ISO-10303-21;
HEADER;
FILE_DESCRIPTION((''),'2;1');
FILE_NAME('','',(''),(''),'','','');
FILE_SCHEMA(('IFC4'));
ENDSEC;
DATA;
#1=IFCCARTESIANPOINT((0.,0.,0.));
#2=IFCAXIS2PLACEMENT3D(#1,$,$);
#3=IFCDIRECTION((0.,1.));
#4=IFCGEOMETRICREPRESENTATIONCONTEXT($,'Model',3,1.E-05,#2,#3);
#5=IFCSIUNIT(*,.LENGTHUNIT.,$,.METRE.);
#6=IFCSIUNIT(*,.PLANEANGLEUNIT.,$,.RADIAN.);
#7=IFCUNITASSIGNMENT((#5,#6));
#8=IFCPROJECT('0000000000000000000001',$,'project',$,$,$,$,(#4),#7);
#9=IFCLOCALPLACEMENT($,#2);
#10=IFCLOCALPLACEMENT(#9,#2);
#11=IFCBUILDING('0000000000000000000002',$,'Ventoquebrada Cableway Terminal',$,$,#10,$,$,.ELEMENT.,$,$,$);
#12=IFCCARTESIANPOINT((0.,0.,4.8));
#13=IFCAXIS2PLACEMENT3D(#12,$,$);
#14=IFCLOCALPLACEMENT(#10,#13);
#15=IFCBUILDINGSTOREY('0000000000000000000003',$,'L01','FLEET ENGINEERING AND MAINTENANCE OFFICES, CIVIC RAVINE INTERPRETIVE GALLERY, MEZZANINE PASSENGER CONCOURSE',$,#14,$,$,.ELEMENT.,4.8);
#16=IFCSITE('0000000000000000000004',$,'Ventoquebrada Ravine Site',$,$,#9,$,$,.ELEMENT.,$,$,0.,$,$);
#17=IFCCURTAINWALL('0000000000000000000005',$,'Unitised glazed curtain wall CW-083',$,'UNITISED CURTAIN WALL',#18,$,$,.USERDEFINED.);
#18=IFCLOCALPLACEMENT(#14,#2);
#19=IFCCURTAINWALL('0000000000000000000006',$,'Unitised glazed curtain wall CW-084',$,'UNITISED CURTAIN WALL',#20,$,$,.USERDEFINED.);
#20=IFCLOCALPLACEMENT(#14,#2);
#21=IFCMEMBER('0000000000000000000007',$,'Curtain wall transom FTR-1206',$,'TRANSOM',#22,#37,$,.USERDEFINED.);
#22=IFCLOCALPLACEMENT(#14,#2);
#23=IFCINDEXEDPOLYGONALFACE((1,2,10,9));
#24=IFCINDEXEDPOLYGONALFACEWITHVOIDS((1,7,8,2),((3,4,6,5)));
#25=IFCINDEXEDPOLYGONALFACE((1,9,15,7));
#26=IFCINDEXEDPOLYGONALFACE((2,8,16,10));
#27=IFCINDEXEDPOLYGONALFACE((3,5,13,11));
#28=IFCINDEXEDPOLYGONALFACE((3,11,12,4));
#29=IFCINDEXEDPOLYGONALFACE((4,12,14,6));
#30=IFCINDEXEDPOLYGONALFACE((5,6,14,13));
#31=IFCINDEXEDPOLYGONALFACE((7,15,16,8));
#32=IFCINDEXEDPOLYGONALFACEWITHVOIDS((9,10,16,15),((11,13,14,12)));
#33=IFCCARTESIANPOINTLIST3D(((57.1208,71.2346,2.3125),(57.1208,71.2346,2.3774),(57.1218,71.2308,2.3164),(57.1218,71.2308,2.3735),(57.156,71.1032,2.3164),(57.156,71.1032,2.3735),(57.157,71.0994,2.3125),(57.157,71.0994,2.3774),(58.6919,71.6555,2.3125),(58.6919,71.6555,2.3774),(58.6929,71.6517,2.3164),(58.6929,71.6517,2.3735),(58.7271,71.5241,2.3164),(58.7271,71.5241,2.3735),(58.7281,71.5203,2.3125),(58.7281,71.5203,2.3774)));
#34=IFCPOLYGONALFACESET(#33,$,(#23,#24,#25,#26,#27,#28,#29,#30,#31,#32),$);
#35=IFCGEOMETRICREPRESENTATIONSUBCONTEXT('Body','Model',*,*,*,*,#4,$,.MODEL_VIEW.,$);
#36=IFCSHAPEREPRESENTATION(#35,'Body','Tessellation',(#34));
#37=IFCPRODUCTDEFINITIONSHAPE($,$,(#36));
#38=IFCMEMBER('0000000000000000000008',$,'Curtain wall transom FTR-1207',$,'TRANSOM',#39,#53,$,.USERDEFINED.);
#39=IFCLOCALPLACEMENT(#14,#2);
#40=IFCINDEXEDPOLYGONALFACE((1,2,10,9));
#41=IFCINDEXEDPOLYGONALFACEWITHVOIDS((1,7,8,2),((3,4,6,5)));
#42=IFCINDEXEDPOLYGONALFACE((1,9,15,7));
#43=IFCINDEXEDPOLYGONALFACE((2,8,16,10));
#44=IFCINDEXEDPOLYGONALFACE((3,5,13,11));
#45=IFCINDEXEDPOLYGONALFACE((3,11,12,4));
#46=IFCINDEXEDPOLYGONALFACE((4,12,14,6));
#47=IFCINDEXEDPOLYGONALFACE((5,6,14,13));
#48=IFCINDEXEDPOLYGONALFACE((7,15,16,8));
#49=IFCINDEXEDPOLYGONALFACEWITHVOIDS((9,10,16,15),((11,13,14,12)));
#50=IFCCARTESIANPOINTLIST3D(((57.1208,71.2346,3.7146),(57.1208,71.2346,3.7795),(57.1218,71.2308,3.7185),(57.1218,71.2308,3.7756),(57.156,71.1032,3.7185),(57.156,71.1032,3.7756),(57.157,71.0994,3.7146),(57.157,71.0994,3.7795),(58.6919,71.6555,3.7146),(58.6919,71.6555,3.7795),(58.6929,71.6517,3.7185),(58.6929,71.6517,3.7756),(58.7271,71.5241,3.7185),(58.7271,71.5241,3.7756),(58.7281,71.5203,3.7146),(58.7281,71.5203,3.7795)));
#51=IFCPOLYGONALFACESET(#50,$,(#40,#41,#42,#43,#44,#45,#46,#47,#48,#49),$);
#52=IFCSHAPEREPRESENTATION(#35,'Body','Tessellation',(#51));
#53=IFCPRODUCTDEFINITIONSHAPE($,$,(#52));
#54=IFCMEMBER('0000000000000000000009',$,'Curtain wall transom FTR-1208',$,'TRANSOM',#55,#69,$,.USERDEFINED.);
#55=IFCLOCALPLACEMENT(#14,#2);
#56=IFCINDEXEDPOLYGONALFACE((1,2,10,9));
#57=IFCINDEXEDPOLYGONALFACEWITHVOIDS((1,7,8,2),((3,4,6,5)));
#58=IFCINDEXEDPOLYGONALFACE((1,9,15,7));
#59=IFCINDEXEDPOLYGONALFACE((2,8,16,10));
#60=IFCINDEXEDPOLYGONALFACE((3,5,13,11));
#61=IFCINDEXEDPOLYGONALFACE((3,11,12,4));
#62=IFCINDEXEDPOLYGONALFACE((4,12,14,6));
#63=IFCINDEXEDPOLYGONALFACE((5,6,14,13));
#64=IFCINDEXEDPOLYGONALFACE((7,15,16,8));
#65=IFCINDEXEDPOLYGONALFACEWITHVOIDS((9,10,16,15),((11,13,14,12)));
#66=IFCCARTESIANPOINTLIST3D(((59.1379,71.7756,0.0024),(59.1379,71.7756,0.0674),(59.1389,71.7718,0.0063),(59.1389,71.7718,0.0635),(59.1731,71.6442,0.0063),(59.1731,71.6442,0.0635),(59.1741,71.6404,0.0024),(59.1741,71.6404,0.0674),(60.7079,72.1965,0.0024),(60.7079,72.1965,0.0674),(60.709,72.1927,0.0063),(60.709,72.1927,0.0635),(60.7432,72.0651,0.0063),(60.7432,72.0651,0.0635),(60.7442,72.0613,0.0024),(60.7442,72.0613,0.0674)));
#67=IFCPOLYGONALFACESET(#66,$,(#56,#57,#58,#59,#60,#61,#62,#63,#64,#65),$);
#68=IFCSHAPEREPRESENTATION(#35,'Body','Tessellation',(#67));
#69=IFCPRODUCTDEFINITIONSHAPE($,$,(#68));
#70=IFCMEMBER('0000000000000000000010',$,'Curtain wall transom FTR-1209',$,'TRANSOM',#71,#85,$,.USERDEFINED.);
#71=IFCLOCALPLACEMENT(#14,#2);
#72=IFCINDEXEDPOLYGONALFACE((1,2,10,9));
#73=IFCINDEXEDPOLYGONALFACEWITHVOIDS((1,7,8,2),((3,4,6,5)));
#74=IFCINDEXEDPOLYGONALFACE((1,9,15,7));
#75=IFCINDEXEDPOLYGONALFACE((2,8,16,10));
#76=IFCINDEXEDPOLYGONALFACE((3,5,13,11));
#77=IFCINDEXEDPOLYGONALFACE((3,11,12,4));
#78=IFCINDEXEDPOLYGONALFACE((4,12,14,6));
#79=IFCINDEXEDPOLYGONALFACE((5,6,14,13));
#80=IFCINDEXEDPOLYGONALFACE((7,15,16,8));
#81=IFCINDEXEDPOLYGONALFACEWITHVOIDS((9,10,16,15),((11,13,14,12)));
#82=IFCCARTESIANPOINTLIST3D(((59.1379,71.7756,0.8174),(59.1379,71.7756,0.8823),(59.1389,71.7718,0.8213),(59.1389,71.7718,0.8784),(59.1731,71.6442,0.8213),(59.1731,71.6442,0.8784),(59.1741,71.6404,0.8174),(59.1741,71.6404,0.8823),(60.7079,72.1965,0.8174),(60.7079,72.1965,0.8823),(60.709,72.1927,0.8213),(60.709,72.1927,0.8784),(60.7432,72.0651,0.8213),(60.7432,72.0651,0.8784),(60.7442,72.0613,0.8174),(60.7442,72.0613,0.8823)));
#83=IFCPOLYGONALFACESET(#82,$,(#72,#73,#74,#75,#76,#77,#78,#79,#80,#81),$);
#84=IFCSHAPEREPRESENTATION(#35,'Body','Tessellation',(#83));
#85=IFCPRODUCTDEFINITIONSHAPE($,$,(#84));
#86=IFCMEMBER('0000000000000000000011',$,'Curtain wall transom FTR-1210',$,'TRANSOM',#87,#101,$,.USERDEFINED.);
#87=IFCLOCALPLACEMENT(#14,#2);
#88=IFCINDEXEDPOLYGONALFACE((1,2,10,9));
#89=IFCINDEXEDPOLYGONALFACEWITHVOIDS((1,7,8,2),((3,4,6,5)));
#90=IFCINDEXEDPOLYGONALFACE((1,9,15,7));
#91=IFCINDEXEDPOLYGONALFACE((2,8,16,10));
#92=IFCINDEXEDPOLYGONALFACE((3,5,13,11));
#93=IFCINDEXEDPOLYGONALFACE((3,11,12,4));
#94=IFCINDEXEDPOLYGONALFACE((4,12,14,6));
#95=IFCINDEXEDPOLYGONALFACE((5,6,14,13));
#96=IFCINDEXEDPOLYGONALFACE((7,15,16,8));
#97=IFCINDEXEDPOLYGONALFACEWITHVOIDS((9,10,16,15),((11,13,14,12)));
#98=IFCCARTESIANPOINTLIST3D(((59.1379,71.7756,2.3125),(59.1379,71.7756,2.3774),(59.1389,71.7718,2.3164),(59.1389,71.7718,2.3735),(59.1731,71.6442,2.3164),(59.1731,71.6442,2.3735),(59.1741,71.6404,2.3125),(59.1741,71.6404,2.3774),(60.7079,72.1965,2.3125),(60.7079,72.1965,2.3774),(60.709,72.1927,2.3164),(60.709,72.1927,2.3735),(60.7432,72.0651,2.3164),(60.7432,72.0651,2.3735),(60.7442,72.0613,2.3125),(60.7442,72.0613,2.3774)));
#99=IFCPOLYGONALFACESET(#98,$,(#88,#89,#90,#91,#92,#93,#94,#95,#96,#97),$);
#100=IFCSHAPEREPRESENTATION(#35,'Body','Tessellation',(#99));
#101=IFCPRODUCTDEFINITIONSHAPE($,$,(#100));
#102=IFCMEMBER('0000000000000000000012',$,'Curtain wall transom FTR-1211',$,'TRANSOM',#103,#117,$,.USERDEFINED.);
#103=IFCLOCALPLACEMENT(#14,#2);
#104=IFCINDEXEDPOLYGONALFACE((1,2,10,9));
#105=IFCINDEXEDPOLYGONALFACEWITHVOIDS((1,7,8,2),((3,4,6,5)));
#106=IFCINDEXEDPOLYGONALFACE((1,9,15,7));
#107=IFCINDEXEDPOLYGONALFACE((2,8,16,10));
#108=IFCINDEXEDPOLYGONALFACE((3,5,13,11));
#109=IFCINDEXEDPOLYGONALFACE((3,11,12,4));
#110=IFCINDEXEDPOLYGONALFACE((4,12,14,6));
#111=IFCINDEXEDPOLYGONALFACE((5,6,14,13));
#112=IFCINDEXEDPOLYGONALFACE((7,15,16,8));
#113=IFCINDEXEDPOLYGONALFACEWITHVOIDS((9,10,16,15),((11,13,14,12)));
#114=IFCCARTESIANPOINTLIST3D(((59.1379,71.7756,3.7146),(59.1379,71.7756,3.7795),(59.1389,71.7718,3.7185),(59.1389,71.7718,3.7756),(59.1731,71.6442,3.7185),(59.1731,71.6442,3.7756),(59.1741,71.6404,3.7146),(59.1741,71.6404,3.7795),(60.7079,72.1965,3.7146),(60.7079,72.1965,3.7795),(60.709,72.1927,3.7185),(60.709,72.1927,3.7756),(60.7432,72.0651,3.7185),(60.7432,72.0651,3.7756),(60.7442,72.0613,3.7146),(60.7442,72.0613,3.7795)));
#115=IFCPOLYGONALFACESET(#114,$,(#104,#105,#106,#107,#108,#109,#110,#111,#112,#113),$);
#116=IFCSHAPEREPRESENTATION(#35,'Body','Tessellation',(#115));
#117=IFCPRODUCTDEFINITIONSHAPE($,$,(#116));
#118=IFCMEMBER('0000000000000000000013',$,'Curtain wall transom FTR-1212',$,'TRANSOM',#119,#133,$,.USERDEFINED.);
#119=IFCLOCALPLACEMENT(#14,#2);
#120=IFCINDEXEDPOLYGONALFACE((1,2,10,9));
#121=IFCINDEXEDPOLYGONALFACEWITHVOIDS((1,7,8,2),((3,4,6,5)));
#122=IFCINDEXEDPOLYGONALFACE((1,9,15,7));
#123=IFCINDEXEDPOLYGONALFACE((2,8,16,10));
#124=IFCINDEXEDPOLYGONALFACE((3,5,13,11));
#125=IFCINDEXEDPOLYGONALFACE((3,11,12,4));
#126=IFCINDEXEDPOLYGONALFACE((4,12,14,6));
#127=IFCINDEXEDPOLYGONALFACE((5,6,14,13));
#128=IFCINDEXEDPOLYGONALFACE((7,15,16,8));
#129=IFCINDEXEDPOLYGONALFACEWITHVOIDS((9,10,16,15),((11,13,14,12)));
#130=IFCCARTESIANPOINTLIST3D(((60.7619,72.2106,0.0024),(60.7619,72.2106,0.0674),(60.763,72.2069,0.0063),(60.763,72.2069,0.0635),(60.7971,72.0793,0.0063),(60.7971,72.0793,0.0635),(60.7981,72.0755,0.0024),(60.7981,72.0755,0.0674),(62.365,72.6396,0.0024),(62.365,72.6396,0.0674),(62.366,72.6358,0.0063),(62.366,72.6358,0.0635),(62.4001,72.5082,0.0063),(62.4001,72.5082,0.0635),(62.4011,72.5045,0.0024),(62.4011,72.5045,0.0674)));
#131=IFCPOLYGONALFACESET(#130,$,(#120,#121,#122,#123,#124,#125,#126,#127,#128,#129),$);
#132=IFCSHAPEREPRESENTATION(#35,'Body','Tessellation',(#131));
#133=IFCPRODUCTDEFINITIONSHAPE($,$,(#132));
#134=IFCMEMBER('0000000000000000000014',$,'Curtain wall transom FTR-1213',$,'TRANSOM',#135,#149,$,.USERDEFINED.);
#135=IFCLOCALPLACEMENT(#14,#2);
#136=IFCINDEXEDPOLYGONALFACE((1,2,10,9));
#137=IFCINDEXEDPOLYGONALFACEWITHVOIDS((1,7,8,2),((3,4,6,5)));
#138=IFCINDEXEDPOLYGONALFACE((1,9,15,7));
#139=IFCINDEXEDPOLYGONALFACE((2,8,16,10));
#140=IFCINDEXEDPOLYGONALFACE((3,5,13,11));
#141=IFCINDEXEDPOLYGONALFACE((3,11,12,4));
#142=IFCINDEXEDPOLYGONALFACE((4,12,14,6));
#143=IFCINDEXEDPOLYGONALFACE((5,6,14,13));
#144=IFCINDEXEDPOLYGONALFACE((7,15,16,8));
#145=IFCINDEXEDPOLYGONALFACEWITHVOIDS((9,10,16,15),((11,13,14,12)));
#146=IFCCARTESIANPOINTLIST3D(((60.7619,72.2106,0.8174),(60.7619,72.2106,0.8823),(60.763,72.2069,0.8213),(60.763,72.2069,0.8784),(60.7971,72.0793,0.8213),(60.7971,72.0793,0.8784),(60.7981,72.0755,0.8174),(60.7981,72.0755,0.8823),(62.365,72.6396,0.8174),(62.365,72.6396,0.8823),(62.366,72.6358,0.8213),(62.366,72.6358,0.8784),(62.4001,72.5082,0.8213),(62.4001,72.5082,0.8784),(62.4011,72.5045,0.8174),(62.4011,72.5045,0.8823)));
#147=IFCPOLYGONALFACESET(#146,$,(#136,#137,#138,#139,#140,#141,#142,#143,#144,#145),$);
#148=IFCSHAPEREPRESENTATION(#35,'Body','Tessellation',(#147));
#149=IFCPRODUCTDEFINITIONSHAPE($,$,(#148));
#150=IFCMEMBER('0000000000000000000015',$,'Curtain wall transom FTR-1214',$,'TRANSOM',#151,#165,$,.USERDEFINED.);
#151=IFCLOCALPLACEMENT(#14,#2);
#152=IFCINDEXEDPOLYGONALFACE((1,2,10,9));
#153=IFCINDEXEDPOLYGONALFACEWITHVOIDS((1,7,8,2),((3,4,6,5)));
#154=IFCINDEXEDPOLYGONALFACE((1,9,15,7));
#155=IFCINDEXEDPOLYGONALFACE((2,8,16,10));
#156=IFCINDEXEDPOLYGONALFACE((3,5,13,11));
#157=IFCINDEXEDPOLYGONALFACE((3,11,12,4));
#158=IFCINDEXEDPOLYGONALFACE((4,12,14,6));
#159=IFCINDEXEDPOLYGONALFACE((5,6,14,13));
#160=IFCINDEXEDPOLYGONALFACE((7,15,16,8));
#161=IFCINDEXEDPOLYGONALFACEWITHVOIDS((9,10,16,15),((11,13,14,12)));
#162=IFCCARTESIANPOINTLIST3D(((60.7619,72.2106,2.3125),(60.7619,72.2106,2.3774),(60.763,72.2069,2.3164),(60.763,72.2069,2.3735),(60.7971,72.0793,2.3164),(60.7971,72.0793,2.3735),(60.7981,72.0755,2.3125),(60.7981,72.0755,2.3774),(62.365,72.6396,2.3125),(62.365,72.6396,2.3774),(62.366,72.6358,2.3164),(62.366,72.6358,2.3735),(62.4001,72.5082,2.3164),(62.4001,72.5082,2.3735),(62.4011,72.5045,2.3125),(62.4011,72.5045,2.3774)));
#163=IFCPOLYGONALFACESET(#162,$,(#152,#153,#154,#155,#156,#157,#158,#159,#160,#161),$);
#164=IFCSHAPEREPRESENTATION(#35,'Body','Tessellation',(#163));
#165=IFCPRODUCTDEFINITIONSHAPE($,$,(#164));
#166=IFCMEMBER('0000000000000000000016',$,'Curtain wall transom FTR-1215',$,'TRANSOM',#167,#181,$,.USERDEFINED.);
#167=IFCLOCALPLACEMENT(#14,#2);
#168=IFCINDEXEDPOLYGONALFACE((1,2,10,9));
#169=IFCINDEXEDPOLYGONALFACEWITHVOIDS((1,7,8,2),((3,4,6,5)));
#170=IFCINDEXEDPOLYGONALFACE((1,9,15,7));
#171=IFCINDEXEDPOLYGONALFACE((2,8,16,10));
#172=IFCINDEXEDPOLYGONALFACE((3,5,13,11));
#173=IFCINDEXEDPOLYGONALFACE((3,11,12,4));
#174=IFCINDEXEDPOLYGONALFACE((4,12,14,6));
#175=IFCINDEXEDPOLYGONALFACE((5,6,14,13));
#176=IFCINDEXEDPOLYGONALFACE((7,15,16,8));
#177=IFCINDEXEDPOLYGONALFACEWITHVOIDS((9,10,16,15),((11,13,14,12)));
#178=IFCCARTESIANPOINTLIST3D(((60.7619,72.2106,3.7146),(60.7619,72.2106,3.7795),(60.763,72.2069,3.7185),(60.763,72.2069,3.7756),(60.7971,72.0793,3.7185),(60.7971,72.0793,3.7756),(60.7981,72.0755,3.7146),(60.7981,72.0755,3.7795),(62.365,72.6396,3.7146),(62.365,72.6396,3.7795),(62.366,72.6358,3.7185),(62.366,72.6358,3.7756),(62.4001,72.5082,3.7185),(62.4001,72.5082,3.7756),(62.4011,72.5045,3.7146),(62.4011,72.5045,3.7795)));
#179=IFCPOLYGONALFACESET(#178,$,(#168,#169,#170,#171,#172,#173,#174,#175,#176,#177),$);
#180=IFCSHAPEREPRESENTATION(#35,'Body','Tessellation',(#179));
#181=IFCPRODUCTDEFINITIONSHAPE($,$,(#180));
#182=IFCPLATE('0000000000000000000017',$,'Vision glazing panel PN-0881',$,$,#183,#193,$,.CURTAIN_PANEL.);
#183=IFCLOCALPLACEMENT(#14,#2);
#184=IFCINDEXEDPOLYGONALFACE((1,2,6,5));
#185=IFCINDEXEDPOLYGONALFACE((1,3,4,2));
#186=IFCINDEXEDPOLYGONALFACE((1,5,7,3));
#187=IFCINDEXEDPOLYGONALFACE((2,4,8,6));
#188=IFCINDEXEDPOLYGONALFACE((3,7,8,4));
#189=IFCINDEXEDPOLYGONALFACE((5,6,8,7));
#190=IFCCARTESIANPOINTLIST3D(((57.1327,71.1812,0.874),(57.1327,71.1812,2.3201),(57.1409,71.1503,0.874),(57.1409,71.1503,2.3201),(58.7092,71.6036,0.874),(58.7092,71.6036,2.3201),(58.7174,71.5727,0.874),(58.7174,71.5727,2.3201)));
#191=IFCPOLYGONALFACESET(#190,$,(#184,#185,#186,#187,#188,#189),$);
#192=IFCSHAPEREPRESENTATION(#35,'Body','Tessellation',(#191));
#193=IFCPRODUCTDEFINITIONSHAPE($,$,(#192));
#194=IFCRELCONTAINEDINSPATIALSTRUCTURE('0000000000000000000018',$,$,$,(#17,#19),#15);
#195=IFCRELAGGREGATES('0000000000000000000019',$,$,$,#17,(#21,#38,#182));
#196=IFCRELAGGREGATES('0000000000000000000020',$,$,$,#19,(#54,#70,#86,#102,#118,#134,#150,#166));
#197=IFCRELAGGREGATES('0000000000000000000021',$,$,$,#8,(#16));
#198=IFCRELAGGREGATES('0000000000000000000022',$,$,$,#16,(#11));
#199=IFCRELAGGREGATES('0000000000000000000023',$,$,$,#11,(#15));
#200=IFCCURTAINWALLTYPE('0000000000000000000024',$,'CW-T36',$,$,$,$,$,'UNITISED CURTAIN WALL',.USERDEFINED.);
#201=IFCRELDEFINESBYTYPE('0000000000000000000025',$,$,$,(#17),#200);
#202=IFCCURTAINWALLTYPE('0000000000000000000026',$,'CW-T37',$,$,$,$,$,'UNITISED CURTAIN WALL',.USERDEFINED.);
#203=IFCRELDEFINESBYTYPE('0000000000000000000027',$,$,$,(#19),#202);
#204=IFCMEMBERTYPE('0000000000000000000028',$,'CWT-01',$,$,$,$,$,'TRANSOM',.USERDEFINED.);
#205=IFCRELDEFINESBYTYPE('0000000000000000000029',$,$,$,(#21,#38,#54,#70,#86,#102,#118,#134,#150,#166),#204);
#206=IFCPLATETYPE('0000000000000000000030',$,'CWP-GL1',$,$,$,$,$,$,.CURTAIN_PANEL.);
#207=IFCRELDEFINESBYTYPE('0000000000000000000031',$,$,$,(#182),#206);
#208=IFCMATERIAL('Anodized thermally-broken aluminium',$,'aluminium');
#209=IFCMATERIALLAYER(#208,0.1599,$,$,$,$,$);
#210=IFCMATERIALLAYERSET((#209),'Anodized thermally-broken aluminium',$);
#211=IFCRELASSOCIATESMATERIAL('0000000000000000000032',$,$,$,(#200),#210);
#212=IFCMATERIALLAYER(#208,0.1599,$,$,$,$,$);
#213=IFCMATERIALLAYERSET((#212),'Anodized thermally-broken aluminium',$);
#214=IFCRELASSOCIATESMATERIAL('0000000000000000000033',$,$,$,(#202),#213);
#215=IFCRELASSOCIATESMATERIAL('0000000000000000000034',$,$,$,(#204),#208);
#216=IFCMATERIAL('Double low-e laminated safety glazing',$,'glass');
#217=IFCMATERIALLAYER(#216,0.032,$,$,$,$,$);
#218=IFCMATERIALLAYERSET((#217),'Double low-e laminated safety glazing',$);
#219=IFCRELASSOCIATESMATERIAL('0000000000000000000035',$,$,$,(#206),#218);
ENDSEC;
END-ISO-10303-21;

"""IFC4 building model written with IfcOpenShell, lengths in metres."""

from ifc_helpers import new_model, si_unit, direction, frame, origin, origin_2d, place, context, subcontext, project, spatial, rectangle, hollow_rectangle, extrude, material, layer, layer_set, material_profile, profile_set, type_object, element, aggregate, save


model = new_model("IFC4")

# Units and contexts
model_context = context("Model", 3, precision=1e-05, world=origin(), true_north=direction((0.0, 1.0)))
body_context = subcontext(model_context, "Body", "Model", "MODEL_VIEW")
ifc_project = project(units=[si_unit("LENGTHUNIT", "METRE"), si_unit("PLANEANGLEUNIT", "RADIAN")], contexts=[model_context])

# Site, building, storey
site_placement = place(None, origin())
site = spatial("IfcSite", under=ifc_project, at=site_placement, Name="Ventoquebrada Ravine Site", CompositionType="ELEMENT", RefElevation=0.0)
building_placement = place(site_placement, origin())
building = spatial("IfcBuilding", under=site, at=building_placement, Name="Ventoquebrada Cableway Terminal", CompositionType="ELEMENT")
storey_placement = place(building_placement, frame((0.0, 0.0, 4.8)))
storey = spatial("IfcBuildingStorey", under=building, at=storey_placement, Name="L01", Description="FLEET ENGINEERING AND MAINTENANCE OFFICES, CIVIC RAVINE INTERPRETIVE GALLERY, MEZZANINE PASSENGER CONCOURSE", CompositionType="ELEMENT", Elevation=4.8)

# Curtain wall
ifc_material_1 = material(Name="Anodized thermally-broken aluminium", Category="aluminium")
ifc_layer_1 = layer(ifc_material_1, 0.1599)
ifc_layer_set_1 = layer_set([ifc_layer_1], Name="Anodized thermally-broken aluminium")
curtain_wall_type_1 = type_object("IfcCurtainWallType", Name="CW-T36", ElementType="UNITISED CURTAIN WALL", PredefinedType="USERDEFINED", material=ifc_layer_set_1)
curtain_wall_1_placement = place(storey_placement, origin())
curtain_wall_1 = element("IfcCurtainWall", 1, at=curtain_wall_1_placement, inside=storey, type_object=curtain_wall_type_1, Name="Unitised glazed curtain wall CW-083", ObjectType="UNITISED CURTAIN WALL", PredefinedType="USERDEFINED")

# Curtain wall
ifc_layer_2 = layer(ifc_material_1, 0.1599)
ifc_layer_set_2 = layer_set([ifc_layer_2], Name="Anodized thermally-broken aluminium")
curtain_wall_type_2 = type_object("IfcCurtainWallType", Name="CW-T37", ElementType="UNITISED CURTAIN WALL", PredefinedType="USERDEFINED", material=ifc_layer_set_2)
curtain_wall_2_placement = place(storey_placement, origin())
curtain_wall_2 = element("IfcCurtainWall", 2, at=curtain_wall_2_placement, inside=storey, type_object=curtain_wall_type_2, Name="Unitised glazed curtain wall CW-084", ObjectType="UNITISED CURTAIN WALL", PredefinedType="USERDEFINED")

# Members
ifc_material_profile_1 = material_profile(ifc_material_1, hollow_rectangle(XDim=0.0649, YDim=0.1399, WallThickness=0.0039, at=origin_2d()), Name="CW-TRN-65X140")
ifc_profile_set_1 = profile_set([ifc_material_profile_1], Name="Anodized thermally-broken aluminium")
member_type_1 = type_object("IfcMemberType", Name="CWT-01", ElementType="TRANSOM", PredefinedType="USERDEFINED", material=ifc_profile_set_1)
member_1_placement = place(storey_placement, frame((57.1389, 71.167, 2.345), z_axis=(0.965935, 0.258784, 0.0), x_axis=(0.0, 0.0, 1.0)))
member_1 = element("IfcMember", 3, at=member_1_placement, type_object=member_type_1, Name="Curtain wall transom FTR-1206", ObjectType="TRANSOM", PredefinedType="USERDEFINED", context=body_context, shape_type="SweptSolid", body=[
    extrude(hollow_rectangle(XDim=0.0649, YDim=0.1399, WallThickness=0.0039, at=origin_2d()), origin(), (0.0, 0.0, 1.0), 1.6265),
])
member_2_placement = place(storey_placement, frame((57.1389, 71.167, 3.7471), z_axis=(0.965935, 0.258784, 0.0), x_axis=(0.0, 0.0, 1.0)))
member_2 = element("IfcMember", 4, at=member_2_placement, type_object=member_type_1, Name="Curtain wall transom FTR-1207", ObjectType="TRANSOM", PredefinedType="USERDEFINED", context=body_context, shape_type="SweptSolid", body=[
    extrude(hollow_rectangle(XDim=0.0649, YDim=0.1399, WallThickness=0.0039, at=origin_2d()), origin(), (0.0, 0.0, 1.0), 1.6265),
])
member_3_placement = place(storey_placement, frame((59.156, 71.708, 0.0349), z_axis=(0.965895, 0.258934, 0.0), x_axis=(0.0, 0.0, 1.0)))
member_3 = element("IfcMember", 5, at=member_3_placement, type_object=member_type_1, Name="Curtain wall transom FTR-1208", ObjectType="TRANSOM", PredefinedType="USERDEFINED", context=body_context, shape_type="SweptSolid", body=[
    extrude(hollow_rectangle(XDim=0.0649, YDim=0.1399, WallThickness=0.0039, at=origin_2d()), origin(), (0.0, 0.0, 1.0), 1.6255),
])
member_4_placement = place(storey_placement, frame((59.156, 71.708, 0.8499), z_axis=(0.965895, 0.258934, 0.0), x_axis=(0.0, 0.0, 1.0)))
member_4 = element("IfcMember", 6, at=member_4_placement, type_object=member_type_1, Name="Curtain wall transom FTR-1209", ObjectType="TRANSOM", PredefinedType="USERDEFINED", context=body_context, shape_type="SweptSolid", body=[
    extrude(hollow_rectangle(XDim=0.0649, YDim=0.1399, WallThickness=0.0039, at=origin_2d()), origin(), (0.0, 0.0, 1.0), 1.6255),
])
member_5_placement = place(storey_placement, frame((59.156, 71.708, 2.345), z_axis=(0.965895, 0.258934, 0.0), x_axis=(0.0, 0.0, 1.0)))
member_5 = element("IfcMember", 7, at=member_5_placement, type_object=member_type_1, Name="Curtain wall transom FTR-1210", ObjectType="TRANSOM", PredefinedType="USERDEFINED", context=body_context, shape_type="SweptSolid", body=[
    extrude(hollow_rectangle(XDim=0.0649, YDim=0.1399, WallThickness=0.0039, at=origin_2d()), origin(), (0.0, 0.0, 1.0), 1.6255),
])
member_6_placement = place(storey_placement, frame((59.156, 71.708, 3.7471), z_axis=(0.965895, 0.258934, 0.0), x_axis=(0.0, 0.0, 1.0)))
member_6 = element("IfcMember", 8, at=member_6_placement, type_object=member_type_1, Name="Curtain wall transom FTR-1211", ObjectType="TRANSOM", PredefinedType="USERDEFINED", context=body_context, shape_type="SweptSolid", body=[
    extrude(hollow_rectangle(XDim=0.0649, YDim=0.1399, WallThickness=0.0039, at=origin_2d()), origin(), (0.0, 0.0, 1.0), 1.6255),
])
member_7_placement = place(storey_placement, frame((60.78, 72.1431, 0.0349), z_axis=(0.966012, 0.258496, 0.0), x_axis=(0.0, 0.0, 1.0)))
member_7 = element("IfcMember", 9, at=member_7_placement, type_object=member_type_1, Name="Curtain wall transom FTR-1212", ObjectType="TRANSOM", PredefinedType="USERDEFINED", context=body_context, shape_type="SweptSolid", body=[
    extrude(hollow_rectangle(XDim=0.0649, YDim=0.1399, WallThickness=0.0039, at=origin_2d()), origin(), (0.0, 0.0, 1.0), 1.6594),
])
member_8_placement = place(storey_placement, frame((60.78, 72.1431, 0.8499), z_axis=(0.966012, 0.258496, 0.0), x_axis=(0.0, 0.0, 1.0)))
member_8 = element("IfcMember", 10, at=member_8_placement, type_object=member_type_1, Name="Curtain wall transom FTR-1213", ObjectType="TRANSOM", PredefinedType="USERDEFINED", context=body_context, shape_type="SweptSolid", body=[
    extrude(hollow_rectangle(XDim=0.0649, YDim=0.1399, WallThickness=0.0039, at=origin_2d()), origin(), (0.0, 0.0, 1.0), 1.6594),
])
member_9_placement = place(storey_placement, frame((60.78, 72.1431, 2.345), z_axis=(0.966012, 0.258496, 0.0), x_axis=(0.0, 0.0, 1.0)))
member_9 = element("IfcMember", 11, at=member_9_placement, type_object=member_type_1, Name="Curtain wall transom FTR-1214", ObjectType="TRANSOM", PredefinedType="USERDEFINED", context=body_context, shape_type="SweptSolid", body=[
    extrude(hollow_rectangle(XDim=0.0649, YDim=0.1399, WallThickness=0.0039, at=origin_2d()), origin(), (0.0, 0.0, 1.0), 1.6594),
])
member_10_placement = place(storey_placement, frame((60.78, 72.1431, 3.7471), z_axis=(0.966012, 0.258496, 0.0), x_axis=(0.0, 0.0, 1.0)))
member_10 = element("IfcMember", 12, at=member_10_placement, type_object=member_type_1, Name="Curtain wall transom FTR-1215", ObjectType="TRANSOM", PredefinedType="USERDEFINED", context=body_context, shape_type="SweptSolid", body=[
    extrude(hollow_rectangle(XDim=0.0649, YDim=0.1399, WallThickness=0.0039, at=origin_2d()), origin(), (0.0, 0.0, 1.0), 1.6594),
])

# Plate
ifc_material_2 = material(Name="Double low-e laminated safety glazing", Category="glass")
ifc_layer_3 = layer(ifc_material_2, 0.032)
ifc_layer_set_3 = layer_set([ifc_layer_3], Name="Double low-e laminated safety glazing")
plate_type_1 = type_object("IfcPlateType", Name="CWP-GL1", PredefinedType="CURTAIN_PANEL", material=ifc_layer_set_3)
plate_1_placement = place(storey_placement, frame((57.925, 71.377, 0.874), z_axis=(0.0, 0.0, 1.0), x_axis=(0.965935, 0.258785, 0.0)))
plate_1 = element("IfcPlate", 13, at=plate_1_placement, type_object=plate_type_1, Name="Vision glazing panel PN-0881", PredefinedType="CURTAIN_PANEL", context=body_context, shape_type="SweptSolid", body=[
    extrude(rectangle(XDim=1.6321, YDim=0.032, at=origin_2d()), origin(), (0.0, 0.0, 1.0), 1.446),
])
aggregate(curtain_wall_1, [member_1, member_2, plate_1])
aggregate(curtain_wall_2, [member_3, member_4, member_5, member_6, member_7, member_8, member_9, member_10])

save(model, "model.ifc")
